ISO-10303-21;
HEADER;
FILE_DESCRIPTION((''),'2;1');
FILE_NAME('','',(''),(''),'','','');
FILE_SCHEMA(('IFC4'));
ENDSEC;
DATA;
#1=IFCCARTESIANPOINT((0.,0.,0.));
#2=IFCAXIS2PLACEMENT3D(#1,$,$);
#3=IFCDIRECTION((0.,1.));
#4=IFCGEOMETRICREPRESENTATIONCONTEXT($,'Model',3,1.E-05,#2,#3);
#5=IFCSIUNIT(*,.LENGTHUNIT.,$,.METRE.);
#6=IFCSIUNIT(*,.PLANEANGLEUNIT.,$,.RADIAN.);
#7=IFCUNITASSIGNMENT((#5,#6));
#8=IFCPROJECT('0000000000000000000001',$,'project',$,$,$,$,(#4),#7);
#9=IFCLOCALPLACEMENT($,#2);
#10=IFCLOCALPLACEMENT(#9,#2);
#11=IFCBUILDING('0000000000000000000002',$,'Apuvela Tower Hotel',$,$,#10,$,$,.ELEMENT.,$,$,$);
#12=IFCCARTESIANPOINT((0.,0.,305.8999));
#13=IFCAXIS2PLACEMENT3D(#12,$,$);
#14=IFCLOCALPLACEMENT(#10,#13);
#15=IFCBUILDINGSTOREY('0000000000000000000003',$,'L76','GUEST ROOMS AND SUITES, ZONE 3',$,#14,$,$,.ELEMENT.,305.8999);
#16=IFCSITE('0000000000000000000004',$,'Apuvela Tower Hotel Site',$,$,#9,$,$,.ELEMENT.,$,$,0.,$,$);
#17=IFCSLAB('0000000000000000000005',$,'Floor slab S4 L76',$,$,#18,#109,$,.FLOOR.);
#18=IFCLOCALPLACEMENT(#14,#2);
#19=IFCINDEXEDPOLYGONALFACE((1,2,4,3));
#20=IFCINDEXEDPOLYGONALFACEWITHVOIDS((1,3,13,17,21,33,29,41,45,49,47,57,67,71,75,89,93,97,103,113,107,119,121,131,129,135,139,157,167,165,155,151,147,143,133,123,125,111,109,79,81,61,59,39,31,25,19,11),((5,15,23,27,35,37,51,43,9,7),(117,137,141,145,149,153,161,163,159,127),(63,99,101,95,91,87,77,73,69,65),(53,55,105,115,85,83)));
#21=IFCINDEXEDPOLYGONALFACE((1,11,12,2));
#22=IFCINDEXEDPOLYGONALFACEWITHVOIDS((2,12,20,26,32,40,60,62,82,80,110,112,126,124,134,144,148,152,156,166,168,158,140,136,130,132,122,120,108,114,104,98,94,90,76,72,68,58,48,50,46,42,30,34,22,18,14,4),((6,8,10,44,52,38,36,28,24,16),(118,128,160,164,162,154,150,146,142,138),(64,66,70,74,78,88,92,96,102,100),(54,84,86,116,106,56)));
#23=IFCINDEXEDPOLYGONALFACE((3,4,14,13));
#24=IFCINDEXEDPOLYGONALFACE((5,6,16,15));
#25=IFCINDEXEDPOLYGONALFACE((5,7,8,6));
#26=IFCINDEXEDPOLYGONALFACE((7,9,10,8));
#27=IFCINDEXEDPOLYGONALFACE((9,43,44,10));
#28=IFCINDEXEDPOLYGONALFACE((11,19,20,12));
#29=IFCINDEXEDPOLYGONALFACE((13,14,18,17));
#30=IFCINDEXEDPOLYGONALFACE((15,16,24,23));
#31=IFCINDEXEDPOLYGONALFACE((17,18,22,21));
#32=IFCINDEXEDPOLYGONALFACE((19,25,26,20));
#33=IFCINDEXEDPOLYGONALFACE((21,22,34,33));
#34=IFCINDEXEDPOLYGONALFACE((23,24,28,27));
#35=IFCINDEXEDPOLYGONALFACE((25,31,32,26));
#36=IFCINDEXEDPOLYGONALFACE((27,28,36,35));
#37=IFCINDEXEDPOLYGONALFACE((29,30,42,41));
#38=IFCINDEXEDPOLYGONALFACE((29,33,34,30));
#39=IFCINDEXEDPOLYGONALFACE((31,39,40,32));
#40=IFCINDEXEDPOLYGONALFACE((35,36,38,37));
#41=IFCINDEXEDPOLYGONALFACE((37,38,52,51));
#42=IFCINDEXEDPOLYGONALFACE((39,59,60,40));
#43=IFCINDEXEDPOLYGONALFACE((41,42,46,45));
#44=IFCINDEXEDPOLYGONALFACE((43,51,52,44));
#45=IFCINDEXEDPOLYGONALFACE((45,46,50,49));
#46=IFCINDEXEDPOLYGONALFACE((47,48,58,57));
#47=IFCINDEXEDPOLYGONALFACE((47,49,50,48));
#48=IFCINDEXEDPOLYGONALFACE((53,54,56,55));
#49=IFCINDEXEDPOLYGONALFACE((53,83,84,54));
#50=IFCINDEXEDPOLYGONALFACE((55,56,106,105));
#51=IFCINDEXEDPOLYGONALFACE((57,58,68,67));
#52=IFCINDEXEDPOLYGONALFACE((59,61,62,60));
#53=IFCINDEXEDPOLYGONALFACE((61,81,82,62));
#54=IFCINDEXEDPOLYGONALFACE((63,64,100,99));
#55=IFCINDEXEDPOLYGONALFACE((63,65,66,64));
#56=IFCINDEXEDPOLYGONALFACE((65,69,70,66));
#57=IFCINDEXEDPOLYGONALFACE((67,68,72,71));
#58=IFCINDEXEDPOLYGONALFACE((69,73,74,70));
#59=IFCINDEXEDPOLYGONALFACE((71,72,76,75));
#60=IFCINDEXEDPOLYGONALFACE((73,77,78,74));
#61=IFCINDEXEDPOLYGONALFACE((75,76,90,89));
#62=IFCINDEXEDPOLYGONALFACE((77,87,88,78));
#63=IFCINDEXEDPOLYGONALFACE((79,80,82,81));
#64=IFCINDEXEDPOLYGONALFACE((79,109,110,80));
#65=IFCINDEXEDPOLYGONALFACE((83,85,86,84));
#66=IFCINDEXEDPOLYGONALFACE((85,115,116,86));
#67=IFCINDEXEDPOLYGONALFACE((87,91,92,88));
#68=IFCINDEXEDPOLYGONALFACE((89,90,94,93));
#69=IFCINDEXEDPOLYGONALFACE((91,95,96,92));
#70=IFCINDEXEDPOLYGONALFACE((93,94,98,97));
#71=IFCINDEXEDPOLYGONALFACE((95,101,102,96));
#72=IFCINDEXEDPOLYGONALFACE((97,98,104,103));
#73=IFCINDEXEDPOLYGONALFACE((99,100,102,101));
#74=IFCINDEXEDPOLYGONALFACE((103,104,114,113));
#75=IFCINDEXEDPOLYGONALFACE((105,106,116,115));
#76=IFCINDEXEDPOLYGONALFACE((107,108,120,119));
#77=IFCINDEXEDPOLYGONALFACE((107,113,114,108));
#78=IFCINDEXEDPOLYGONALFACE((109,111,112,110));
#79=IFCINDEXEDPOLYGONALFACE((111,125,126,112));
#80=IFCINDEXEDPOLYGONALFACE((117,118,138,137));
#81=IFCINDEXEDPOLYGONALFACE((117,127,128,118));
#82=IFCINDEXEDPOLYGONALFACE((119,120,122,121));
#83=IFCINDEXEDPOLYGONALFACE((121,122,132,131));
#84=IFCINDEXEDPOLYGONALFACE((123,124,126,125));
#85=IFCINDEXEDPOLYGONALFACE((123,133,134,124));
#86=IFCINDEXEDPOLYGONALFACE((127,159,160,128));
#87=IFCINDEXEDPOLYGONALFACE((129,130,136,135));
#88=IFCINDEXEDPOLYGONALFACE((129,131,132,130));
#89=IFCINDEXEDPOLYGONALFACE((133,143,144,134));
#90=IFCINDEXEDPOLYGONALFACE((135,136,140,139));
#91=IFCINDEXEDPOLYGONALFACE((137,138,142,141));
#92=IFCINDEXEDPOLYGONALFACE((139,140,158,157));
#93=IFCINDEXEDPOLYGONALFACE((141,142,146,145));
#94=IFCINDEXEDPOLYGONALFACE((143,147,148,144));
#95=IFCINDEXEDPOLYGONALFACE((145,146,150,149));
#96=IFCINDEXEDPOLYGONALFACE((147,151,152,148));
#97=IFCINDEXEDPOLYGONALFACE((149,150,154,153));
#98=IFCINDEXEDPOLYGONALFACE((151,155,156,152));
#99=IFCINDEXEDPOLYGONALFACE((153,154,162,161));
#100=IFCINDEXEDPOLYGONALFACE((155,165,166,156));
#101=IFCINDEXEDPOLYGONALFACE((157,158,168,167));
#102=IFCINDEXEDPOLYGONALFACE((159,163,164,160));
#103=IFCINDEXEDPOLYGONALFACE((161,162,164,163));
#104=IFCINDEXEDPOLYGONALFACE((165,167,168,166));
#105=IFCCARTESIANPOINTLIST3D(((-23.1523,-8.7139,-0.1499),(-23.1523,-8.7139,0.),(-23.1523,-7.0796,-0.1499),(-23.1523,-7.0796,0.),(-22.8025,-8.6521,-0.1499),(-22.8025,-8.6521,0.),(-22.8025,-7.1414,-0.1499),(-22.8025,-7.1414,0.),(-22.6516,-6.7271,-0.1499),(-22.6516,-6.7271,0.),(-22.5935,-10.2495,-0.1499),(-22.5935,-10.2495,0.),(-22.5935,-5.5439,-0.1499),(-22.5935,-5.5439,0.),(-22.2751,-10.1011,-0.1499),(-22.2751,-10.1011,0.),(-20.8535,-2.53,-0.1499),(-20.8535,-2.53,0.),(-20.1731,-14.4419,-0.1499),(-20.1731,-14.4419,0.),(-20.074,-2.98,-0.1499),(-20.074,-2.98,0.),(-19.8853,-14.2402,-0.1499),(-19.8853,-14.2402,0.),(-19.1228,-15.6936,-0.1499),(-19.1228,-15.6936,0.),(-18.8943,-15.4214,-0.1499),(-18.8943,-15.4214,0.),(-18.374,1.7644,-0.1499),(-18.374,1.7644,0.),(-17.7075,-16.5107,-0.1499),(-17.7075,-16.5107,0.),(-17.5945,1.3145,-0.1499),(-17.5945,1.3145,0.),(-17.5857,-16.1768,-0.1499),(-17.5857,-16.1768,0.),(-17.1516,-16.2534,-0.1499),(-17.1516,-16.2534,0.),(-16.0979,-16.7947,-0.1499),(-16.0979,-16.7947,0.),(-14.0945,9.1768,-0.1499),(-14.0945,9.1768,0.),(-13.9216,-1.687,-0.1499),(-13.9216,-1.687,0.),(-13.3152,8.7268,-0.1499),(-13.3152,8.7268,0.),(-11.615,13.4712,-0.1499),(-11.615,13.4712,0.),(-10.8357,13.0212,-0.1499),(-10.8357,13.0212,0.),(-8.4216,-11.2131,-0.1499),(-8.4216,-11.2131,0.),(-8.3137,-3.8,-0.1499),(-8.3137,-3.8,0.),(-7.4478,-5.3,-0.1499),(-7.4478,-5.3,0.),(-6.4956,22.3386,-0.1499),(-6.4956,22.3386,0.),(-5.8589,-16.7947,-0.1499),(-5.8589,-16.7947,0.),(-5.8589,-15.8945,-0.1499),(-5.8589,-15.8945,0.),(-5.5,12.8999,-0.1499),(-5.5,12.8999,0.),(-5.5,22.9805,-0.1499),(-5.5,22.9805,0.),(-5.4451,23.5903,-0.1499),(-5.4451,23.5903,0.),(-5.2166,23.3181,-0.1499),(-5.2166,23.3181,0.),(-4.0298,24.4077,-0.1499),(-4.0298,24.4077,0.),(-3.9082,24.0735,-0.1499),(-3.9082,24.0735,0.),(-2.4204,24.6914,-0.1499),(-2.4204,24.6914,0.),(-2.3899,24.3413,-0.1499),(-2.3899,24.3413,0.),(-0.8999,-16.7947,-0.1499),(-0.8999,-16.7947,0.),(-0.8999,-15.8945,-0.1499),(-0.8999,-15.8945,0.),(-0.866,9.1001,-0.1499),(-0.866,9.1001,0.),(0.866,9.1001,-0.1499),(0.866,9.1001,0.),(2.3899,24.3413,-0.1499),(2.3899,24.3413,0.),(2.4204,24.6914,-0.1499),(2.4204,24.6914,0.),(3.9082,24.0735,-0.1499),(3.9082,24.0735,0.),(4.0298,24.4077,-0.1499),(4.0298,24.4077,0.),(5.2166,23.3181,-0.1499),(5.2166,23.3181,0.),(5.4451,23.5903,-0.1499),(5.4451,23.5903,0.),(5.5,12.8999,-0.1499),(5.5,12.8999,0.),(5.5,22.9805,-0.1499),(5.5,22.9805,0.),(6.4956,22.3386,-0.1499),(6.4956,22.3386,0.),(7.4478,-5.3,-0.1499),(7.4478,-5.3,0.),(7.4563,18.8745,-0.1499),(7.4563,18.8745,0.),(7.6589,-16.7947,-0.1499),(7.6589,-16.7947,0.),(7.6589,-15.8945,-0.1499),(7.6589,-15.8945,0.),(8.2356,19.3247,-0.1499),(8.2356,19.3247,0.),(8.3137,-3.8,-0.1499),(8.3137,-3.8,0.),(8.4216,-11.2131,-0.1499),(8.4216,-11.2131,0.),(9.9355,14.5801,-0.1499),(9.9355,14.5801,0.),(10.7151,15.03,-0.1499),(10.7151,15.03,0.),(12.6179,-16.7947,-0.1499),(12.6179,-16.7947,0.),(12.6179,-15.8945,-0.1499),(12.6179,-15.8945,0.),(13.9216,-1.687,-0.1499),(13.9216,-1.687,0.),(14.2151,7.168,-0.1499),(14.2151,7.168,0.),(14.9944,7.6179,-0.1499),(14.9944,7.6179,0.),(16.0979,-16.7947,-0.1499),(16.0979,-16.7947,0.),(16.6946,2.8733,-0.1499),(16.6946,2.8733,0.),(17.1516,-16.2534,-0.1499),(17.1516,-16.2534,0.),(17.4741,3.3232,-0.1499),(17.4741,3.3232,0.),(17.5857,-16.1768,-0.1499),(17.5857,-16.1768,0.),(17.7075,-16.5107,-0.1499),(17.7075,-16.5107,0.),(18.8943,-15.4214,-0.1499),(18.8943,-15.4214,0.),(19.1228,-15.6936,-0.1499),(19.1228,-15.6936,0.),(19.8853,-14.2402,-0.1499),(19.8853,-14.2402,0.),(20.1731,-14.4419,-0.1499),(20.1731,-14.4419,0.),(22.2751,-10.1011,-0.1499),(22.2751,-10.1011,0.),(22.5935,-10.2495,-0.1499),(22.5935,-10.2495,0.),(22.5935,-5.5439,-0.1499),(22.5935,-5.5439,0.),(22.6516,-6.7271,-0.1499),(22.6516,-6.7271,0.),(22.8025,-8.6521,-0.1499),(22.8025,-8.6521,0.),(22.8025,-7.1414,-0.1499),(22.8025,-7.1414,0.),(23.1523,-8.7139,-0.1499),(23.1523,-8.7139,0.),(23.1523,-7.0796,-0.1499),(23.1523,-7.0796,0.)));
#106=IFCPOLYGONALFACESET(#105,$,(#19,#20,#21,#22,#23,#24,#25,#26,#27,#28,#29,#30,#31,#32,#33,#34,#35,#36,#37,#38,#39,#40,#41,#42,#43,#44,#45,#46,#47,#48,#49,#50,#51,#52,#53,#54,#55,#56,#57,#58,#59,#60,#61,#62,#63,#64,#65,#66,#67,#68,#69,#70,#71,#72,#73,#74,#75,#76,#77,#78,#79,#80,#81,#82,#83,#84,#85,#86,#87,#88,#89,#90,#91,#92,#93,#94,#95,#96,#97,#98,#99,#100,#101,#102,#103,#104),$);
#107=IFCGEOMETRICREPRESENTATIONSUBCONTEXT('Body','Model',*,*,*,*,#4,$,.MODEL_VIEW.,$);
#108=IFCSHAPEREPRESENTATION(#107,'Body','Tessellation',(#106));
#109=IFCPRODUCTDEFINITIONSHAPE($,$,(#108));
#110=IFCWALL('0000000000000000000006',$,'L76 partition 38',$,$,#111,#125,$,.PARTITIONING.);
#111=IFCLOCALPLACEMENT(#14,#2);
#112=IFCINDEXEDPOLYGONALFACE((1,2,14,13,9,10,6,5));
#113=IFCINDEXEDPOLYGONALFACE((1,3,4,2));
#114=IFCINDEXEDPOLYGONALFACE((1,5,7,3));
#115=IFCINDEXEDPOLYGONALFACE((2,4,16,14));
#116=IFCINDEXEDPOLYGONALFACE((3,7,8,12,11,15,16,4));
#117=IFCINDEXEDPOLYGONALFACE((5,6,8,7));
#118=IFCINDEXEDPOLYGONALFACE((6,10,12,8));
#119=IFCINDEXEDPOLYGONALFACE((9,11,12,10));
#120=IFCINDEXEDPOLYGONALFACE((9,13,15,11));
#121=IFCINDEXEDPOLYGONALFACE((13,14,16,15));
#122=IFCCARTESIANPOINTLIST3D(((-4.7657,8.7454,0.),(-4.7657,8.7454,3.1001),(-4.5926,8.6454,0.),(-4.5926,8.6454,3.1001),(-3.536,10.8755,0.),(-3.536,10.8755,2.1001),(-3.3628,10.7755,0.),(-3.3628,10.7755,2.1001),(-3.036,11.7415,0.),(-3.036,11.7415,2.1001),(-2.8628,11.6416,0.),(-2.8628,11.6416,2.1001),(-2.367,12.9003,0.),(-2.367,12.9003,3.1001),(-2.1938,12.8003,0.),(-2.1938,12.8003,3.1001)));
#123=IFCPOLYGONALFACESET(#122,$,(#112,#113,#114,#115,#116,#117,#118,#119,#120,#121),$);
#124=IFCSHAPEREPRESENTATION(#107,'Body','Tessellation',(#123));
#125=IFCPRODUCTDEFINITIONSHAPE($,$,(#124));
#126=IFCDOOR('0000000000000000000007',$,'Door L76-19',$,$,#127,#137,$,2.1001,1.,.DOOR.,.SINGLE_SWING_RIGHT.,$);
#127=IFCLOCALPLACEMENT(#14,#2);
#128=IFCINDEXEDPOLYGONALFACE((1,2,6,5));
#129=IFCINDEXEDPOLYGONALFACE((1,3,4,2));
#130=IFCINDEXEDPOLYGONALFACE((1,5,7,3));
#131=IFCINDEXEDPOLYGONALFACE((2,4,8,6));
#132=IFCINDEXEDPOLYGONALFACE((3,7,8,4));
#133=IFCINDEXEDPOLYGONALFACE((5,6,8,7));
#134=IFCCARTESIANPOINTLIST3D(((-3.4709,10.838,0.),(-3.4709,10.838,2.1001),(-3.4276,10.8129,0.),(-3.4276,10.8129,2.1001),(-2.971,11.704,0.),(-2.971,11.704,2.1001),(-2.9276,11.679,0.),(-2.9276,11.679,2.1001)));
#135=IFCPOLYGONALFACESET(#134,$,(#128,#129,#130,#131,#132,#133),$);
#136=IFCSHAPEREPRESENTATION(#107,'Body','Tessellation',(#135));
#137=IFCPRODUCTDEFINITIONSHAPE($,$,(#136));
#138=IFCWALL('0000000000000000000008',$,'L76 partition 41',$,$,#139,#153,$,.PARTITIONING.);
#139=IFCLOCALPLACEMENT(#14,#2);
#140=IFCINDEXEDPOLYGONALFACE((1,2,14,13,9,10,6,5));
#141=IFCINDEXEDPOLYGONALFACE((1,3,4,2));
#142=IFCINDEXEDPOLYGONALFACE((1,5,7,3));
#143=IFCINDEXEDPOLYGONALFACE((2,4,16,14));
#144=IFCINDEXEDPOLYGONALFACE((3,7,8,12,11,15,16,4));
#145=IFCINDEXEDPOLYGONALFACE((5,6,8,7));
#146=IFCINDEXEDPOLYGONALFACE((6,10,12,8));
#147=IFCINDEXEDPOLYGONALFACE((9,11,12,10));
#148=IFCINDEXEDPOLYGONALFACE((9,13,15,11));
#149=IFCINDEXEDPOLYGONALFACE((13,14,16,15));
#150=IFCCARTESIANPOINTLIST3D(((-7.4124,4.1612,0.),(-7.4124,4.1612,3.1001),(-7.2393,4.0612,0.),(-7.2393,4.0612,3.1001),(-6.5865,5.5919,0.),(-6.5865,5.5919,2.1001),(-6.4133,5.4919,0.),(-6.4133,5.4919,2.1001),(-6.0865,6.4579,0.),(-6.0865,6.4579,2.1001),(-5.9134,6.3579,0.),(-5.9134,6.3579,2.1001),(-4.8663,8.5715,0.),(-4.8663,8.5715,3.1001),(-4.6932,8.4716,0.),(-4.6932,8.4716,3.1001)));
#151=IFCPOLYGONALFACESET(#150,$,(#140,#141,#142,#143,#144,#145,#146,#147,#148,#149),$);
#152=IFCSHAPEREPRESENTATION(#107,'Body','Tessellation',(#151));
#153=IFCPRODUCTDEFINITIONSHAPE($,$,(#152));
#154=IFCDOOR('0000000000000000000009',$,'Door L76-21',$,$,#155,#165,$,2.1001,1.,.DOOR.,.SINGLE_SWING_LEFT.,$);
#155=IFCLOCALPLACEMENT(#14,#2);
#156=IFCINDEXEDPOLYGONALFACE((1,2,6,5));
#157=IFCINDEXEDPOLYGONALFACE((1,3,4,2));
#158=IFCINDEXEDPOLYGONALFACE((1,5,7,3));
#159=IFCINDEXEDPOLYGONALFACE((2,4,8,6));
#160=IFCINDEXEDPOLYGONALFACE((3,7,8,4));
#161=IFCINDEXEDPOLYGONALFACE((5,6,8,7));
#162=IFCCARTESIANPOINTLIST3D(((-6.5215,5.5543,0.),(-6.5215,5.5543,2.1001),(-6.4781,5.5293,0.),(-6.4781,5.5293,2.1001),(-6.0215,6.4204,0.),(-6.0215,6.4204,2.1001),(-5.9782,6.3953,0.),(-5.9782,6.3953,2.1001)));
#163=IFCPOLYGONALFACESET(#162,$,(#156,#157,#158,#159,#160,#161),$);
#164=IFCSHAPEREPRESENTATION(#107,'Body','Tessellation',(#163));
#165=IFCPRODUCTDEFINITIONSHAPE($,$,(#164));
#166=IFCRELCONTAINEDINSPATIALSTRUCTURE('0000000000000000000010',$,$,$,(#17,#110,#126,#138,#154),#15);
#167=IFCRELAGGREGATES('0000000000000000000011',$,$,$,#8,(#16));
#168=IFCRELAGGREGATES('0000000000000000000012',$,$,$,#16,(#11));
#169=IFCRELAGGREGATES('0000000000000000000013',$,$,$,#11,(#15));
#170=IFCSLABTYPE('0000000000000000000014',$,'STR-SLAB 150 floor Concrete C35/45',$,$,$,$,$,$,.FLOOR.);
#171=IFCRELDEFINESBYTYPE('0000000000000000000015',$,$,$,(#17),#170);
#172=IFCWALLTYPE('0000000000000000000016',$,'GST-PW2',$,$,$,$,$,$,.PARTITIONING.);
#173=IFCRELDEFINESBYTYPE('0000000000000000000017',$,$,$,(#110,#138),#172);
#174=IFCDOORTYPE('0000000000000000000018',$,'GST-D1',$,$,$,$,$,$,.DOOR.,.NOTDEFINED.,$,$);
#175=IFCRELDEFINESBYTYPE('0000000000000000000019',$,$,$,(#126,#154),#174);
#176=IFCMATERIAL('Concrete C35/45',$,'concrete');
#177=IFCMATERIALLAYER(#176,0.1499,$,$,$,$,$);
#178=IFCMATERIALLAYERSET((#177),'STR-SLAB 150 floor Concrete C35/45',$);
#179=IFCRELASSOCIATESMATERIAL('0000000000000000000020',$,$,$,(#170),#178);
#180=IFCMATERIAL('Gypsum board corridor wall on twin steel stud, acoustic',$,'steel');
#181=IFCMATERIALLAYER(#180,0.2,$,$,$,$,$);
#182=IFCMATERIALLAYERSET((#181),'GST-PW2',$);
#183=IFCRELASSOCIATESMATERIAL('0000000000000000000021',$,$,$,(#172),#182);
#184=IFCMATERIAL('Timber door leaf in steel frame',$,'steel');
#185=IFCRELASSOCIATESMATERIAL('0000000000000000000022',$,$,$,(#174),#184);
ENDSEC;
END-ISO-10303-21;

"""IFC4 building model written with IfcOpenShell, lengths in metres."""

from ifc_helpers import new_model, si_unit, direction, frame, frame_2d, origin, place, context, subcontext, project, spatial, polyline, rectangle, outline, extrude, material, layer, layer_set, type_object, element, fill, save


model = new_model("IFC4")

# Units and contexts
model_context = context("Model", 3, precision=1e-05, world=origin(), true_north=direction((0.0, 1.0)))
body_context = subcontext(model_context, "Body", "Model", "MODEL_VIEW")
ifc_project = project(units=[si_unit("LENGTHUNIT", "METRE"), si_unit("PLANEANGLEUNIT", "RADIAN")], contexts=[model_context])

# Site, building, storey
site_placement = place(None, origin())
site = spatial("IfcSite", under=ifc_project, at=site_placement, Name="Apuvela Tower Hotel Site", CompositionType="ELEMENT", RefElevation=0.0)
building_placement = place(site_placement, origin())
building = spatial("IfcBuilding", under=site, at=building_placement, Name="Apuvela Tower Hotel", CompositionType="ELEMENT")
storey_placement = place(building_placement, frame((0.0, 0.0, 305.8999)))
storey = spatial("IfcBuildingStorey", under=building, at=storey_placement, Name="L76", Description="GUEST ROOMS AND SUITES, ZONE 3", CompositionType="ELEMENT", Elevation=305.8999)

# Slab
ifc_material_1 = material(Name="Concrete C35/45", Category="concrete")
ifc_layer_1 = layer(ifc_material_1, 0.1499)
ifc_layer_set_1 = layer_set([ifc_layer_1], Name="STR-SLAB 150 floor Concrete C35/45")
slab_type_1 = type_object("IfcSlabType", Name="STR-SLAB 150 floor Concrete C35/45", PredefinedType="FLOOR", material=ifc_layer_set_1)
slab_1_placement = place(storey_placement, frame((0.0, 0.0, -0.1499)))
element("IfcSlab", 1, at=slab_1_placement, inside=storey, type_object=slab_type_1, Name="Floor slab S4 L76", PredefinedType="FLOOR", context=body_context, shape_type="SweptSolid", body=[
    extrude(outline(polyline([(-5.4451, 23.5903), (-4.0298, 24.4077), (-2.4204, 24.6914), (2.4204, 24.6914), (4.0298, 24.4077), (5.4451, 23.5903), (6.4956, 22.3386), (8.2356, 19.3247), (7.4563, 18.8745), (9.9355, 14.5801), (10.7151, 15.03), (14.9944, 7.6179), (14.2151, 7.168), (16.6946, 2.8733), (17.4741, 3.3232), (22.5935, -5.5439), (23.1523, -7.0796), (23.1523, -8.7139), (22.5935, -10.2495), (20.1731, -14.4419), (19.1228, -15.6936), (17.7075, -16.5107), (16.0979, -16.7947), (12.6179, -16.7947), (12.6179, -15.8945), (7.6589, -15.8945), (7.6589, -16.7947), (-0.8999, -16.7947), (-0.8999, -15.8945), (-5.8589, -15.8945), (-5.8589, -16.7947), (-16.0979, -16.7947), (-17.7075, -16.5107), (-19.1228, -15.6936), (-20.1731, -14.4419), (-22.5935, -10.2495), (-23.1523, -8.7139), (-23.1523, -7.0796), (-22.5935, -5.5439), (-20.8535, -2.53), (-20.074, -2.98), (-17.5945, 1.3145), (-18.374, 1.7644), (-14.0945, 9.1768), (-13.3152, 8.7268), (-10.8357, 13.0212), (-11.615, 13.4712), (-6.4956, 22.3386), (-5.4451, 23.5903)]), holes=[polyline([(0.866, 9.1001), (-0.866, 9.1001), (-8.3137, -3.8), (-7.4478, -5.3), (7.4478, -5.3), (8.3137, -3.8), (0.866, 9.1001)]), polyline([(-5.5, 12.8999), (-5.5, 22.9805), (-5.2166, 23.3181), (-3.9082, 24.0735), (-2.3899, 24.3413), (2.3899, 24.3413), (3.9082, 24.0735), (5.2166, 23.3181), (5.5, 22.9805), (5.5, 12.8999), (-5.5, 12.8999)]), polyline([(-8.4216, -11.2131), (-17.1516, -16.2534), (-17.5857, -16.1768), (-18.8943, -15.4214), (-19.8853, -14.2402), (-22.2751, -10.1011), (-22.8025, -8.6521), (-22.8025, -7.1414), (-22.6516, -6.7271), (-13.9216, -1.687), (-8.4216, -11.2131)]), polyline([(13.9216, -1.687), (22.6516, -6.7271), (22.8025, -7.1414), (22.8025, -8.6521), (22.2751, -10.1011), (19.8853, -14.2402), (18.8943, -15.4214), (17.5857, -16.1768), (17.1516, -16.2534), (8.4216, -11.2131), (13.9216, -1.687)])]), origin(), (0.0, 0.0, 1.0), 0.1499),
])

# Walls, openings, doors
ifc_material_2 = material(Name="Gypsum board corridor wall on twin steel stud, acoustic", Category="steel")
ifc_layer_2 = layer(ifc_material_2, 0.2)
ifc_layer_set_2 = layer_set([ifc_layer_2], Name="GST-PW2")
wall_type_1 = type_object("IfcWallType", Name="GST-PW2", PredefinedType="PARTITIONING", material=ifc_layer_set_2)
wall_1_placement = place(storey_placement, frame((-4.6792, 8.6953, 0.0), z_axis=(0.0, 0.0, 1.0), x_axis=(0.499987, 0.866033, 0.0)))
wall_1 = element("IfcWall", 2, at=wall_1_placement, inside=storey, type_object=wall_type_1, Name="L76 partition 38", PredefinedType="PARTITIONING", context=body_context, shape_type="SweptSolid", body=[
    extrude(rectangle(XDim=4.7976, YDim=0.2, at=frame_2d((2.3989, 0.0))), origin(), (0.0, 0.0, 1.0), 3.1001),
])
opening_1_placement = place(wall_1_placement, frame((2.4597, 0.0, 0.0)))
opening_1 = element("IfcOpeningElement", 3, at=opening_1_placement, cuts=wall_1, PredefinedType="OPENING", context=body_context, shape_type="SweptSolid", body=[
    extrude(rectangle(XDim=1.0, YDim=2.1001, at=frame_2d((0.5, 1.05))), frame((0.0, 0.1099, 0.0), z_axis=(0.0, -1.0, 0.0), x_axis=(1.0, 0.0, 0.0)), (0.0, 0.0, 1.0), 0.22),
])
ifc_material_3 = material(Name="Timber door leaf in steel frame", Category="steel")
door_type_1 = type_object("IfcDoorType", Name="GST-D1", OperationType="NOTDEFINED", PredefinedType="DOOR", material=ifc_material_3)
door_1_placement = place(opening_1_placement, origin())
door_1 = element("IfcDoor", 4, at=door_1_placement, inside=storey, type_object=door_type_1, Name="Door L76-19", OperationType="SINGLE_SWING_RIGHT", OverallHeight=2.1001, OverallWidth=1.0, PredefinedType="DOOR", context=body_context, shape_type="SweptSolid", body=[
    extrude(rectangle(XDim=1.0, YDim=2.1001, at=frame_2d((0.5, 1.05))), frame((0.0, 0.0249, 0.0), z_axis=(0.0, -1.0, 0.0), x_axis=(1.0, 0.0, 0.0)), (0.0, 0.0, 1.0), 0.05),
])
fill(opening_1, door_1)
wall_2_placement = place(storey_placement, frame((-7.3259, 4.1111, 0.0), z_axis=(0.0, 0.0, 1.0), x_axis=(0.49997, 0.866043, 0.0)))
wall_2 = element("IfcWall", 5, at=wall_2_placement, inside=storey, type_object=wall_type_1, Name="L76 partition 41", PredefinedType="PARTITIONING", context=body_context, shape_type="SweptSolid", body=[
    extrude(rectangle(XDim=5.0925, YDim=0.2, at=frame_2d((2.5464, 0.0))), origin(), (0.0, 0.0, 1.0), 3.1001),
])
opening_2_placement = place(wall_2_placement, frame((1.6521, 0.0, 0.0)))
opening_2 = element("IfcOpeningElement", 6, at=opening_2_placement, cuts=wall_2, PredefinedType="OPENING", context=body_context, shape_type="SweptSolid", body=[
    extrude(rectangle(XDim=1.0, YDim=2.1001, at=frame_2d((0.5, 1.05))), frame((0.0, 0.1099, 0.0), z_axis=(0.0, -1.0, 0.0), x_axis=(1.0, 0.0, 0.0)), (0.0, 0.0, 1.0), 0.22),
])
door_2_placement = place(opening_2_placement, origin())
door_2 = element("IfcDoor", 7, at=door_2_placement, inside=storey, type_object=door_type_1, Name="Door L76-21", OperationType="SINGLE_SWING_LEFT", OverallHeight=2.1001, OverallWidth=1.0, PredefinedType="DOOR", context=body_context, shape_type="SweptSolid", body=[
    extrude(rectangle(XDim=1.0, YDim=2.1001, at=frame_2d((0.5, 1.05))), frame((0.0, 0.0249, 0.0), z_axis=(0.0, -1.0, 0.0), x_axis=(1.0, 0.0, 0.0)), (0.0, 0.0, 1.0), 0.05),
])
fill(opening_2, door_2)

save(model, "model.ifc")
